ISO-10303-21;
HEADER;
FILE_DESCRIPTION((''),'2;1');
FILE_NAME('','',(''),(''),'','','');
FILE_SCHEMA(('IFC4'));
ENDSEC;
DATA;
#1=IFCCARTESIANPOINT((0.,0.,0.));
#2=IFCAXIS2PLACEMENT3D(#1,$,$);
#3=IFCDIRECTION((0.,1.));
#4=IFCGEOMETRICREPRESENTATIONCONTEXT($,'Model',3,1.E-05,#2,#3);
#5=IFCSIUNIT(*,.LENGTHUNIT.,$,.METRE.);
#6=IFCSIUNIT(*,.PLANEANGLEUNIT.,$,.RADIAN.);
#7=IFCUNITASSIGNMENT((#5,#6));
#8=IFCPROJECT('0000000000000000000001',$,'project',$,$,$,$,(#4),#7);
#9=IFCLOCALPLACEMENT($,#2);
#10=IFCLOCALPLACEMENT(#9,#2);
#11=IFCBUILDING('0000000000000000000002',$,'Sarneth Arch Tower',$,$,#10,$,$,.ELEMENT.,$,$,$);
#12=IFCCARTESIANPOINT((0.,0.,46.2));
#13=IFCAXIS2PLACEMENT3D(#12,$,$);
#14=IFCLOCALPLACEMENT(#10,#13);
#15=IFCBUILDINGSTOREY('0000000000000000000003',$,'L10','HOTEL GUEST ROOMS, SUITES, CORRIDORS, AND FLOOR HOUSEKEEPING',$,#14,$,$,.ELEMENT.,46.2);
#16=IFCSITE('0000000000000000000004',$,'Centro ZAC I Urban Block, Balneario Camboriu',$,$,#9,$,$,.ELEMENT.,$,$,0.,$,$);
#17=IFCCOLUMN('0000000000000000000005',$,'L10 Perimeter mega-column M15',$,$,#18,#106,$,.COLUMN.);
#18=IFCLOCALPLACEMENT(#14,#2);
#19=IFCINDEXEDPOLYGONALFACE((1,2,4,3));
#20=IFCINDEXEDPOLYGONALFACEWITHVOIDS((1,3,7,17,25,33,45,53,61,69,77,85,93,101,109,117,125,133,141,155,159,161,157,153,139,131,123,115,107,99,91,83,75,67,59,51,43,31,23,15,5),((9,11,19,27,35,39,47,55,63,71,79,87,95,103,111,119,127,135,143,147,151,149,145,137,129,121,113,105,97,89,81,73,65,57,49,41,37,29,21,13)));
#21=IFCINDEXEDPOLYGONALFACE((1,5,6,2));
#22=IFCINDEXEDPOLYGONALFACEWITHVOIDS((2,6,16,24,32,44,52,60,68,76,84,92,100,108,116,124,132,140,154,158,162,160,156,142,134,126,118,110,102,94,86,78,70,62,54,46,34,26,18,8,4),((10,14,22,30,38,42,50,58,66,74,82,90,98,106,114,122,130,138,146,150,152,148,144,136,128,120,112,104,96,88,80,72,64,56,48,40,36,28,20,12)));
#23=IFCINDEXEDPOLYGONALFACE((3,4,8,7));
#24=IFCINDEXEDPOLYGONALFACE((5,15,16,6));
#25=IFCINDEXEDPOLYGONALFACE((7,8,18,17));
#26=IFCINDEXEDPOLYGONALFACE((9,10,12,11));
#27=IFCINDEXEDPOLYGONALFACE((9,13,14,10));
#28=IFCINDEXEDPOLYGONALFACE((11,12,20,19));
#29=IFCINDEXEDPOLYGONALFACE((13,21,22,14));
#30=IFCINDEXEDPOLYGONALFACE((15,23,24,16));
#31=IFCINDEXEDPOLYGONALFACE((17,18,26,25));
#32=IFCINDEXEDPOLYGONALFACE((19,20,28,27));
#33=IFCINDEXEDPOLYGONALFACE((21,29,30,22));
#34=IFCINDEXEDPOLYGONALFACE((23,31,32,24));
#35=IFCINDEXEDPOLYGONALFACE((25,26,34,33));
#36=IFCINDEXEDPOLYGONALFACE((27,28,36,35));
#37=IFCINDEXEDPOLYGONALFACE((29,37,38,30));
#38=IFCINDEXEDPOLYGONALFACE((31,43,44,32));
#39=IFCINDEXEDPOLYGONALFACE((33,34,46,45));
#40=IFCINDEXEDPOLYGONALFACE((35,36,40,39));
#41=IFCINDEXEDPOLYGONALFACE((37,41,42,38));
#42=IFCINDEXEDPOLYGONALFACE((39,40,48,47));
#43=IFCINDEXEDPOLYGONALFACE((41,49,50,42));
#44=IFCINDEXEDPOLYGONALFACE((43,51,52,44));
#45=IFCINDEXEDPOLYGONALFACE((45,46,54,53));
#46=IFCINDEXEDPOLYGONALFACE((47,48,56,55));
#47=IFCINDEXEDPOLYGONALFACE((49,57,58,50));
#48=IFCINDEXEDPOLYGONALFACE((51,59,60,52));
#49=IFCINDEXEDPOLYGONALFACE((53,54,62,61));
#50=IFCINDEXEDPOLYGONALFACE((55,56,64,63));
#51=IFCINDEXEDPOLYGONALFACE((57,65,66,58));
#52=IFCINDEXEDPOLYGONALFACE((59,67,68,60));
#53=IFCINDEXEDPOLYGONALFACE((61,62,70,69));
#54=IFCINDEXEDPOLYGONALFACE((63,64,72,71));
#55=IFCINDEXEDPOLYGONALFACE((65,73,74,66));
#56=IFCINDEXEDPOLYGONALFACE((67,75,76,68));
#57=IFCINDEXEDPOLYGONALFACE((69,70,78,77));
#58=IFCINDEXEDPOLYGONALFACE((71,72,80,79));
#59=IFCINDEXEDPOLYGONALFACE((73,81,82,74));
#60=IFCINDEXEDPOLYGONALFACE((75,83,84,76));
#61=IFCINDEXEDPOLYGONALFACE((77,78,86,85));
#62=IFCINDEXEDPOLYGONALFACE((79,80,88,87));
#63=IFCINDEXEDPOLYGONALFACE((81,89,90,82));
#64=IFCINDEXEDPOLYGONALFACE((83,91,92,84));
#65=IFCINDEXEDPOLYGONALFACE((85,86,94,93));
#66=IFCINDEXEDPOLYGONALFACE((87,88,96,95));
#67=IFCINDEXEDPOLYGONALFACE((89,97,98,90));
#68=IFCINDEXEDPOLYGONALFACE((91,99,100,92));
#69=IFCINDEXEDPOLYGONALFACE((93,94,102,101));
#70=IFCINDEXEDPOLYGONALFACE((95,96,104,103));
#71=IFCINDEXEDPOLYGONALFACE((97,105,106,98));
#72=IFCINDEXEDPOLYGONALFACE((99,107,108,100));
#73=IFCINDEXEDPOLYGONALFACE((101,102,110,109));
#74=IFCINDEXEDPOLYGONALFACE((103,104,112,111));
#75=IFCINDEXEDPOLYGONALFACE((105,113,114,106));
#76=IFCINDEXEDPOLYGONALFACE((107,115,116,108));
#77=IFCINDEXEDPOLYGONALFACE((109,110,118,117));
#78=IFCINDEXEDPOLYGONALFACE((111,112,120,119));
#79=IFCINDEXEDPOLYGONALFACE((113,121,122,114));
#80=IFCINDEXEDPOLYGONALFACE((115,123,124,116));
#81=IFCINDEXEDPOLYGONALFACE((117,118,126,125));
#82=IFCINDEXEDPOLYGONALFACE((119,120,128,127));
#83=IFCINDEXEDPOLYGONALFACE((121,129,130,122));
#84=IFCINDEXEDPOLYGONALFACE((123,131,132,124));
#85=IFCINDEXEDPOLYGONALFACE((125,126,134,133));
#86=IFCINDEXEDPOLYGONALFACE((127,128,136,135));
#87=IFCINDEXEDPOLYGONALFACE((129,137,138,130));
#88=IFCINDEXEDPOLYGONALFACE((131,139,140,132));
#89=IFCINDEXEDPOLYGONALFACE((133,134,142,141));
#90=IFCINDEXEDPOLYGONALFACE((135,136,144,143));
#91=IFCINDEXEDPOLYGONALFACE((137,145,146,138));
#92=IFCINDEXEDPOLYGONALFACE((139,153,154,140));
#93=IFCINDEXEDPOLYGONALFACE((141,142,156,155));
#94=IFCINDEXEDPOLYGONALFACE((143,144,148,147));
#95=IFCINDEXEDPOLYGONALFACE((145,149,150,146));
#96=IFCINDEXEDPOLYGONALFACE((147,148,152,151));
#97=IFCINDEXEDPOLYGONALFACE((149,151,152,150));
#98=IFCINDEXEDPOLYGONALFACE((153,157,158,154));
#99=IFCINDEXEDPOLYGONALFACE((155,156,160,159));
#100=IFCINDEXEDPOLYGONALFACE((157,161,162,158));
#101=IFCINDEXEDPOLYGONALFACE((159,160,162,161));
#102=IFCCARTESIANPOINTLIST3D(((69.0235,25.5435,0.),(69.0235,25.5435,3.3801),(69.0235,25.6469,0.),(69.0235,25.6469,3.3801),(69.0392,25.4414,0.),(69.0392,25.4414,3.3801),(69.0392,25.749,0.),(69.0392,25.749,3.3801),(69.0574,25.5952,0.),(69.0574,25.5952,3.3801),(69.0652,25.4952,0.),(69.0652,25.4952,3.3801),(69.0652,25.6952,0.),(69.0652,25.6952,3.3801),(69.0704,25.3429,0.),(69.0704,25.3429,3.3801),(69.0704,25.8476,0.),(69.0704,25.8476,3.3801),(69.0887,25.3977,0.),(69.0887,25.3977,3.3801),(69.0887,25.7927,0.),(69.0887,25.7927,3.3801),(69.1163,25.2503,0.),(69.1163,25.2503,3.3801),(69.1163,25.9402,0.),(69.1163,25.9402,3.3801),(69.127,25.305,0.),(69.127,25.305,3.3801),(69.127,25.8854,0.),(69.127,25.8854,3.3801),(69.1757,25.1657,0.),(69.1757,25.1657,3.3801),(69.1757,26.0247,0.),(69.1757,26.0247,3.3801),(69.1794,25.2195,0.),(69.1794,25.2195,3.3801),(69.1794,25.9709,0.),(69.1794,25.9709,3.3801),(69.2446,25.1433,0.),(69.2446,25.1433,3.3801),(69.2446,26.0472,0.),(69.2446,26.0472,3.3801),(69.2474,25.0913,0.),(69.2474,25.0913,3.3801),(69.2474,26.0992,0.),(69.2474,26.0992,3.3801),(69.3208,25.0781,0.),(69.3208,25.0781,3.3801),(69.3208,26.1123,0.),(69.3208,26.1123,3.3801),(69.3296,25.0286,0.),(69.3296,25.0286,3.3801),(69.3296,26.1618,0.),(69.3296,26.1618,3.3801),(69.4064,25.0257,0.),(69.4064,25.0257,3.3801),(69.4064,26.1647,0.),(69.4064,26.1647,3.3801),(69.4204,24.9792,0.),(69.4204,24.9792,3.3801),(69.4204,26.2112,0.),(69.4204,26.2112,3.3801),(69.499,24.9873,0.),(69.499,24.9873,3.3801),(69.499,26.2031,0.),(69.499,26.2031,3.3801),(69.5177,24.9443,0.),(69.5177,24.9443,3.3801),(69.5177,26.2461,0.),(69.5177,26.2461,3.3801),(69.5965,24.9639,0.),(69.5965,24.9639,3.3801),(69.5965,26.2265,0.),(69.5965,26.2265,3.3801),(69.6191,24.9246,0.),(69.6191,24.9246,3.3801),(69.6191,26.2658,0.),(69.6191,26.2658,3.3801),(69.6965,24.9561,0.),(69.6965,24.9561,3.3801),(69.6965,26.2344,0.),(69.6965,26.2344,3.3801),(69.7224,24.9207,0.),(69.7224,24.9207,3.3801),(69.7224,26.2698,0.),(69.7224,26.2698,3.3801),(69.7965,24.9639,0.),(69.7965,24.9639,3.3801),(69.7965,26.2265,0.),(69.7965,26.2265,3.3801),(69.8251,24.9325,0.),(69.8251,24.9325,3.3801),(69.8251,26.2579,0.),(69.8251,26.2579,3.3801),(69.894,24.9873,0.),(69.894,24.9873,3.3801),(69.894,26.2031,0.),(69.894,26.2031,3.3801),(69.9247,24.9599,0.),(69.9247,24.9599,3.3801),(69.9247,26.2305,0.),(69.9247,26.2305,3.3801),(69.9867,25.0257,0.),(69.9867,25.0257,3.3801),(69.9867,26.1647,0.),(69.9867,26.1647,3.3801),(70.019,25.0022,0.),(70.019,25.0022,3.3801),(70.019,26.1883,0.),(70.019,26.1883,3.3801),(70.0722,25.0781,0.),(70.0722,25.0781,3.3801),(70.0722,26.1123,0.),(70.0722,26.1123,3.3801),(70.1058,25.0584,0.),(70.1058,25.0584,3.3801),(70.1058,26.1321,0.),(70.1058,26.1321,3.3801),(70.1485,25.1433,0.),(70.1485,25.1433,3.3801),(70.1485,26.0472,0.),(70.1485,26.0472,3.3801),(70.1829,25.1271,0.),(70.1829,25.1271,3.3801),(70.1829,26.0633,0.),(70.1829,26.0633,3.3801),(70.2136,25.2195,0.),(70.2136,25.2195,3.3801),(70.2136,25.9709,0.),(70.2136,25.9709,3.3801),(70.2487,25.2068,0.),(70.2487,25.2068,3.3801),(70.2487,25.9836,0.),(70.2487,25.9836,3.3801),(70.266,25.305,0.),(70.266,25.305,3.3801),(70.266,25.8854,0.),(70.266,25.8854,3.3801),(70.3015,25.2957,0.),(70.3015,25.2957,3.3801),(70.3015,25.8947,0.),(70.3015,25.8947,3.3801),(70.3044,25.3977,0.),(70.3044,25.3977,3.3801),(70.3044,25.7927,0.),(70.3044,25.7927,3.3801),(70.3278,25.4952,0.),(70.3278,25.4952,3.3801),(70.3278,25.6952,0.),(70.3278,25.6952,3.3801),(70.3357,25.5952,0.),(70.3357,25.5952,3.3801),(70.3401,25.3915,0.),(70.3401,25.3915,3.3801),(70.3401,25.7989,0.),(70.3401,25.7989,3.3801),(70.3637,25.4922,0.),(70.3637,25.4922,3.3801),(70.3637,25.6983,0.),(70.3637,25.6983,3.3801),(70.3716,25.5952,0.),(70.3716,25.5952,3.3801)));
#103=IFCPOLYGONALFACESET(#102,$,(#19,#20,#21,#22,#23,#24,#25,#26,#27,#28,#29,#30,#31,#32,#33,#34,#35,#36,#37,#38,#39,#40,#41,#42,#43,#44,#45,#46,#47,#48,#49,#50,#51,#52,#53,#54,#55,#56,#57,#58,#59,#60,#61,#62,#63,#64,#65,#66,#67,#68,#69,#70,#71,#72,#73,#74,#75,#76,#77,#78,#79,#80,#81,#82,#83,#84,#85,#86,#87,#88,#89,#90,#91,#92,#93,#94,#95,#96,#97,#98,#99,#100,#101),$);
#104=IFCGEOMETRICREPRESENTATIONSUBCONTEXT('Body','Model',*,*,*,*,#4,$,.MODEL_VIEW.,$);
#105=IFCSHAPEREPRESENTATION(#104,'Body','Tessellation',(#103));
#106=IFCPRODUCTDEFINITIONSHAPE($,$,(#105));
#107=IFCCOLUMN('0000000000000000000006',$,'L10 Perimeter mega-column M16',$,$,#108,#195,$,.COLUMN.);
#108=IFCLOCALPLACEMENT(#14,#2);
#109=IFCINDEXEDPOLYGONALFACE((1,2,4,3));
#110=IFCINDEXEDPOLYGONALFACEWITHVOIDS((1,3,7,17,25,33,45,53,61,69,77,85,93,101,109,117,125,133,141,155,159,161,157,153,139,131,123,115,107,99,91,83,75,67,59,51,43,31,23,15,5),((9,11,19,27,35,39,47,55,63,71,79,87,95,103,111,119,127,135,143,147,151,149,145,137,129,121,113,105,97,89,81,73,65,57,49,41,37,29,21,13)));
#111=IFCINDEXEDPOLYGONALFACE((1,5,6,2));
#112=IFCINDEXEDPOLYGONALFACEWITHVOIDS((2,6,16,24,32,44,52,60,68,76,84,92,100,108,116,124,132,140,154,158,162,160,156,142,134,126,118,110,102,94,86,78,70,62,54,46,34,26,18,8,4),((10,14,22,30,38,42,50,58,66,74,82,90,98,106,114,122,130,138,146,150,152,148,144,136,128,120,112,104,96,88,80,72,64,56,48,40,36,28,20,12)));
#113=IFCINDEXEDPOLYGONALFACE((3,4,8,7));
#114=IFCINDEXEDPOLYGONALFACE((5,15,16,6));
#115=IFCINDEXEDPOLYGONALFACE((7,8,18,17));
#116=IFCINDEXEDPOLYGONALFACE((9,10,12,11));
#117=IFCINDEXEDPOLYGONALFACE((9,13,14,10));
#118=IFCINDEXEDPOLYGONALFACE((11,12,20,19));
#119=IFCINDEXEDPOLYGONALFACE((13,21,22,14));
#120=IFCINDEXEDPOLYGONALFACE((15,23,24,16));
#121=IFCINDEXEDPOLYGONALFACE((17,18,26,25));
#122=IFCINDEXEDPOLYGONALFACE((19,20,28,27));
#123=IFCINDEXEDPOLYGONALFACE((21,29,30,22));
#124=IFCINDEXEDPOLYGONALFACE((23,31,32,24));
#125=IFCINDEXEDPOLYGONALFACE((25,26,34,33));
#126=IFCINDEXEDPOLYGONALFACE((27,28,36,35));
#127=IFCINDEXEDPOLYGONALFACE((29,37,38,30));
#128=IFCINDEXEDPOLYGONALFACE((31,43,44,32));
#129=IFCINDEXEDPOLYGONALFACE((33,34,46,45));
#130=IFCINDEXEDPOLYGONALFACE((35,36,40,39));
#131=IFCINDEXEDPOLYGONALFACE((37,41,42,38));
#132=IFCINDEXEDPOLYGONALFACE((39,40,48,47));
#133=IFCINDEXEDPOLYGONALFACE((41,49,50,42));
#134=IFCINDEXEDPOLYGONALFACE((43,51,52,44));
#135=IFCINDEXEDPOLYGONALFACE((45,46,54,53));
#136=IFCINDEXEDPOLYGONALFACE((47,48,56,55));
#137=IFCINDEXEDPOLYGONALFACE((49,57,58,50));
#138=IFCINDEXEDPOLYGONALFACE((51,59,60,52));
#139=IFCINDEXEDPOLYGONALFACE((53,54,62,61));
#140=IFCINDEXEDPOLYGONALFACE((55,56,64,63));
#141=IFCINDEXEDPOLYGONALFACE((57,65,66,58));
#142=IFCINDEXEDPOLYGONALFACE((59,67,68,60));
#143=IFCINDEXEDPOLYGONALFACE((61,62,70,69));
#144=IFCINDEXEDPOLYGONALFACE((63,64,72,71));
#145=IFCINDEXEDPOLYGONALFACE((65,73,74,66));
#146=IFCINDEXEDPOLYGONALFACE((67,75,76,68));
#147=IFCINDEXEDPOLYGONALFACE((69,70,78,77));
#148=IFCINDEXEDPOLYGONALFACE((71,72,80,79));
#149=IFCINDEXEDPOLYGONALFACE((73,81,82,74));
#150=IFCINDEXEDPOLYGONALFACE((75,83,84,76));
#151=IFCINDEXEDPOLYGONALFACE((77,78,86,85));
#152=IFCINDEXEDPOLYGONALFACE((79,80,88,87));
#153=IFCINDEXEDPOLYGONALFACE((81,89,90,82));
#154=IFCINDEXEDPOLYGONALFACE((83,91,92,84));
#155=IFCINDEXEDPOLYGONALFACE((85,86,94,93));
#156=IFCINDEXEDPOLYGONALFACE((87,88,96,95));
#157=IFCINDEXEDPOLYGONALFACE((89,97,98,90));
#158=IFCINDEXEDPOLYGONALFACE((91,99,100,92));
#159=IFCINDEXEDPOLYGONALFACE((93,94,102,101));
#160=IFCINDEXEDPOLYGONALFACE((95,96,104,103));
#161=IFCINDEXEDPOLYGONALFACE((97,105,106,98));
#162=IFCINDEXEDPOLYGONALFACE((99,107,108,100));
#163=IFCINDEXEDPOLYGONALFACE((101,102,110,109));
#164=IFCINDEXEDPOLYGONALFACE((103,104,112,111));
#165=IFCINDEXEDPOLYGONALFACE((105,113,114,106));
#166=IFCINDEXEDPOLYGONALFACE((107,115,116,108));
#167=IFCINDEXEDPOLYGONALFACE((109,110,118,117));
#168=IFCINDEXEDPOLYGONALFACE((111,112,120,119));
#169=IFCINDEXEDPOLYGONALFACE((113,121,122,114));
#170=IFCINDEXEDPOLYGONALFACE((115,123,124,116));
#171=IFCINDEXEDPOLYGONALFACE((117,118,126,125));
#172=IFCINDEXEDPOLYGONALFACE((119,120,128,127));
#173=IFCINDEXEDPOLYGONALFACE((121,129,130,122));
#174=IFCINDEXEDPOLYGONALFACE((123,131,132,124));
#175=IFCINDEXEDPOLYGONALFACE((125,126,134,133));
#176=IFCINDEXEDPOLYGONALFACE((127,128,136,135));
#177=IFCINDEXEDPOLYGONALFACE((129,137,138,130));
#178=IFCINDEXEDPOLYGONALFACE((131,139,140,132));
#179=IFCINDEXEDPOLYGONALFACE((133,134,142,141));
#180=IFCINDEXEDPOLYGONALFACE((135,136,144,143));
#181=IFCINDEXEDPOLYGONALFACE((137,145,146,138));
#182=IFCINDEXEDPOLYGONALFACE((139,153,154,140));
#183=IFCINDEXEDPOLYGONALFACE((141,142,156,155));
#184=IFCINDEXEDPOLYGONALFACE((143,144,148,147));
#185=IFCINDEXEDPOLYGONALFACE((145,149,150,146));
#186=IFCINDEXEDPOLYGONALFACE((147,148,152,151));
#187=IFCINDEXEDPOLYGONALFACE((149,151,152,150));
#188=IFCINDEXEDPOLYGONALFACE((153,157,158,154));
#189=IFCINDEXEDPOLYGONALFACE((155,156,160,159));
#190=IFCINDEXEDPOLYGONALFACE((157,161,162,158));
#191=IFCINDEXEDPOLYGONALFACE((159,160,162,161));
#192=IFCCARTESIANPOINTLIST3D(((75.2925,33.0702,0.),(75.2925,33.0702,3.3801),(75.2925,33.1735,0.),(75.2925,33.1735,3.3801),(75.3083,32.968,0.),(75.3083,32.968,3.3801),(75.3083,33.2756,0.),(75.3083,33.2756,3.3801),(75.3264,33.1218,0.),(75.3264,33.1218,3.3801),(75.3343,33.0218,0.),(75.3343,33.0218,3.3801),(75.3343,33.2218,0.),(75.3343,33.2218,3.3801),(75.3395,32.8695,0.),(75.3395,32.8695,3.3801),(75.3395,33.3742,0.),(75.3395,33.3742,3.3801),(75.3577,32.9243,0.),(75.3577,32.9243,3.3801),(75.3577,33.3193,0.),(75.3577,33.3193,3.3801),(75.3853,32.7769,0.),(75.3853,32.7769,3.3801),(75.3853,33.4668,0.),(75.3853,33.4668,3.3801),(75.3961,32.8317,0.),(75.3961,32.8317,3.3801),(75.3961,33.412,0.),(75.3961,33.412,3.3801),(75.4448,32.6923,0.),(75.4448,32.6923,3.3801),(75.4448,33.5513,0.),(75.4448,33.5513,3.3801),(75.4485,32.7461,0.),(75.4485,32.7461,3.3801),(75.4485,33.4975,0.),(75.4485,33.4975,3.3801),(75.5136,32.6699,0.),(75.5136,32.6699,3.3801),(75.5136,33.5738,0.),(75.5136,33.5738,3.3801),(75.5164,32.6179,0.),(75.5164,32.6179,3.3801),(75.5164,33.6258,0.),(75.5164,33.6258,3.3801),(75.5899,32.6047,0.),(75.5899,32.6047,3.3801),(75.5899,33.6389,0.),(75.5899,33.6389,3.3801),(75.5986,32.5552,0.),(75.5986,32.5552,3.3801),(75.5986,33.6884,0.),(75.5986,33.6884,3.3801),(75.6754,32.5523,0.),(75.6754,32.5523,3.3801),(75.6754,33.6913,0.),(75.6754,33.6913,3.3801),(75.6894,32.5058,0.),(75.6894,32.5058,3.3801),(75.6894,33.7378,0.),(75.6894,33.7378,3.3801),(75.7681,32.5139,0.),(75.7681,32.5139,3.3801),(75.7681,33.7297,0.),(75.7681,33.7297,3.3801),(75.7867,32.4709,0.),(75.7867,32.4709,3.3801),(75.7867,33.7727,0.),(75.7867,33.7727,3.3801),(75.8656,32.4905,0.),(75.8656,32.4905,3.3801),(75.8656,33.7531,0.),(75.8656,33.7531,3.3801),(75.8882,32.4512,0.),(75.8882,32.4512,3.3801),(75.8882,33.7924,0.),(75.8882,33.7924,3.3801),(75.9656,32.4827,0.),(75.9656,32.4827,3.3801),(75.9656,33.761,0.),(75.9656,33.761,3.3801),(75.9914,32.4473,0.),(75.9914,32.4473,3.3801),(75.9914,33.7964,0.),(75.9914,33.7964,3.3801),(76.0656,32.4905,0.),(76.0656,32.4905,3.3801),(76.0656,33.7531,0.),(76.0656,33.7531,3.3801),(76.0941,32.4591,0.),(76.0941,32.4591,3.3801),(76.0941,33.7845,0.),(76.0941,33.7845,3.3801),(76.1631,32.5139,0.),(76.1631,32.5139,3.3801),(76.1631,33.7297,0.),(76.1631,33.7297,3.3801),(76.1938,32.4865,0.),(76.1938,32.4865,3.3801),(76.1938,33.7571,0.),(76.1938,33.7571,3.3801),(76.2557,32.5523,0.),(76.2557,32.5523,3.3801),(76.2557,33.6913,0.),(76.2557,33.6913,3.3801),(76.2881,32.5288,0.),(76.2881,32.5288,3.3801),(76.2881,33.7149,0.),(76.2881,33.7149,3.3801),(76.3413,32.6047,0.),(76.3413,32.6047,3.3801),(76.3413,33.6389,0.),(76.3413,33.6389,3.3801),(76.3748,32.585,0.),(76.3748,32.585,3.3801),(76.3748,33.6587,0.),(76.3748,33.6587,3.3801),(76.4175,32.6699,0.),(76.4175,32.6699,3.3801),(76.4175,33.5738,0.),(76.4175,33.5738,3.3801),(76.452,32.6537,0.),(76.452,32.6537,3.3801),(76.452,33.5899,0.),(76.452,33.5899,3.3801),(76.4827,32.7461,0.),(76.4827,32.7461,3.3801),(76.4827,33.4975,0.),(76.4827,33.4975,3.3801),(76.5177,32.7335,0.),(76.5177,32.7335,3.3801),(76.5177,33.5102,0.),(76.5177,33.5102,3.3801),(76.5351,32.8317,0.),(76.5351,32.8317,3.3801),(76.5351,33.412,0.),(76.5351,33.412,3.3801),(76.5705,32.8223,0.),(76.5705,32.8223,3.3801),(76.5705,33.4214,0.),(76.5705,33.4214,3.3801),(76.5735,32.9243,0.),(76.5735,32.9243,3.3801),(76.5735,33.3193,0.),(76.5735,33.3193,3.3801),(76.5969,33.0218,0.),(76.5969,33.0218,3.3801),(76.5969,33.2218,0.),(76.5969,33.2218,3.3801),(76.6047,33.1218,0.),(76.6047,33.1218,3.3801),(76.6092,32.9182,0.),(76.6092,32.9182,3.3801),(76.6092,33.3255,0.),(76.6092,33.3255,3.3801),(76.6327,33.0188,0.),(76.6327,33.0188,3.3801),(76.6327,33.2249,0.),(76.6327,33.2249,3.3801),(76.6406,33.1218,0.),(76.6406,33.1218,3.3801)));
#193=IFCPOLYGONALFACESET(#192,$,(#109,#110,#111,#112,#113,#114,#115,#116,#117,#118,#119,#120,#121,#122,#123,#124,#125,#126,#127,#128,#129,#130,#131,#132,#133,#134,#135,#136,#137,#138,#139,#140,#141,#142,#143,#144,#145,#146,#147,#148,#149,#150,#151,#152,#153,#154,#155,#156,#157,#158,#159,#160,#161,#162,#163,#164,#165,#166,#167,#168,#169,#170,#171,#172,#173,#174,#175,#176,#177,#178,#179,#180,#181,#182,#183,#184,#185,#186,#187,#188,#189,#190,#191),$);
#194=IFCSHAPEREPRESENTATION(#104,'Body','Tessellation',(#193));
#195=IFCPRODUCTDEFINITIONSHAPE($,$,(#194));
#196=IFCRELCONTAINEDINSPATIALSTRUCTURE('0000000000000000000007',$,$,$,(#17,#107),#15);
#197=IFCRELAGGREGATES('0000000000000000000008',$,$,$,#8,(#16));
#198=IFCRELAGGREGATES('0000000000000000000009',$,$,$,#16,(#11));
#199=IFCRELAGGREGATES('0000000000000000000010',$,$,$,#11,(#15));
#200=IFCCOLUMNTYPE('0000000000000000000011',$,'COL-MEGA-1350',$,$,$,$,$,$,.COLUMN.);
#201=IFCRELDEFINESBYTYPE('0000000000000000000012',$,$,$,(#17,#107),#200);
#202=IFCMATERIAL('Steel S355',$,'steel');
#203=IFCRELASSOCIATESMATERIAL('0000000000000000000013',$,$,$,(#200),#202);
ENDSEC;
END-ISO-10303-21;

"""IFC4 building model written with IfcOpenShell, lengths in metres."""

from ifc_helpers import new_model, si_unit, direction, frame, origin, origin_2d, place, context, subcontext, project, spatial, hollow_circle, extrude, material, material_profile, profile_set, type_object, element, save


model = new_model("IFC4")

# Units and contexts
model_context = context("Model", 3, precision=1e-05, world=origin(), true_north=direction((0.0, 1.0)))
body_context = subcontext(model_context, "Body", "Model", "MODEL_VIEW")
ifc_project = project(units=[si_unit("LENGTHUNIT", "METRE"), si_unit("PLANEANGLEUNIT", "RADIAN")], contexts=[model_context])

# Site, building, storey
site_placement = place(None, origin())
site = spatial("IfcSite", under=ifc_project, at=site_placement, Name="Centro ZAC I Urban Block, Balneario Camboriu", CompositionType="ELEMENT", RefElevation=0.0)
building_placement = place(site_placement, origin())
building = spatial("IfcBuilding", under=site, at=building_placement, Name="Sarneth Arch Tower", CompositionType="ELEMENT")
storey_placement = place(building_placement, frame((0.0, 0.0, 46.2)))
storey = spatial("IfcBuildingStorey", under=building, at=storey_placement, Name="L10", Description="HOTEL GUEST ROOMS, SUITES, CORRIDORS, AND FLOOR HOUSEKEEPING", CompositionType="ELEMENT", Elevation=46.2)

# Columns
ifc_material_1 = material(Name="Steel S355", Category="steel")
ifc_material_profile_1 = material_profile(ifc_material_1, hollow_circle(Radius=0.675, WallThickness=0.0359, at=origin_2d()), Name="CHS1350x36")
ifc_profile_set_1 = profile_set([ifc_material_profile_1], Name="Steel S355")
column_type = type_object("IfcColumnType", Name="COL-MEGA-1350", PredefinedType="COLUMN", material=ifc_profile_set_1)
for number, where, z_axis, x_axis, name in (
    (1, (69.6965, 25.5952, 0.0), (0.0, 0.0, 1.0), (1.0, 0.0, 0.0), "L10 Perimeter mega-column M15"),
    (2, (75.9656, 33.1218, 0.0), (0.0, 0.0, 1.0), (1.0, 0.0, 0.0), "L10 Perimeter mega-column M16"),
):
    element("IfcColumn", number, at=place(storey_placement, frame(where, z_axis=z_axis, x_axis=x_axis)), inside=storey, type_object=column_type, Name=name, PredefinedType="COLUMN", context=body_context, shape_type="SweptSolid", body=[
        extrude(hollow_circle(Radius=0.675, WallThickness=0.0359, at=origin_2d()), origin(), (0.0, 0.0, 1.0), 3.3801),
    ])

save(model, "model.ifc")
